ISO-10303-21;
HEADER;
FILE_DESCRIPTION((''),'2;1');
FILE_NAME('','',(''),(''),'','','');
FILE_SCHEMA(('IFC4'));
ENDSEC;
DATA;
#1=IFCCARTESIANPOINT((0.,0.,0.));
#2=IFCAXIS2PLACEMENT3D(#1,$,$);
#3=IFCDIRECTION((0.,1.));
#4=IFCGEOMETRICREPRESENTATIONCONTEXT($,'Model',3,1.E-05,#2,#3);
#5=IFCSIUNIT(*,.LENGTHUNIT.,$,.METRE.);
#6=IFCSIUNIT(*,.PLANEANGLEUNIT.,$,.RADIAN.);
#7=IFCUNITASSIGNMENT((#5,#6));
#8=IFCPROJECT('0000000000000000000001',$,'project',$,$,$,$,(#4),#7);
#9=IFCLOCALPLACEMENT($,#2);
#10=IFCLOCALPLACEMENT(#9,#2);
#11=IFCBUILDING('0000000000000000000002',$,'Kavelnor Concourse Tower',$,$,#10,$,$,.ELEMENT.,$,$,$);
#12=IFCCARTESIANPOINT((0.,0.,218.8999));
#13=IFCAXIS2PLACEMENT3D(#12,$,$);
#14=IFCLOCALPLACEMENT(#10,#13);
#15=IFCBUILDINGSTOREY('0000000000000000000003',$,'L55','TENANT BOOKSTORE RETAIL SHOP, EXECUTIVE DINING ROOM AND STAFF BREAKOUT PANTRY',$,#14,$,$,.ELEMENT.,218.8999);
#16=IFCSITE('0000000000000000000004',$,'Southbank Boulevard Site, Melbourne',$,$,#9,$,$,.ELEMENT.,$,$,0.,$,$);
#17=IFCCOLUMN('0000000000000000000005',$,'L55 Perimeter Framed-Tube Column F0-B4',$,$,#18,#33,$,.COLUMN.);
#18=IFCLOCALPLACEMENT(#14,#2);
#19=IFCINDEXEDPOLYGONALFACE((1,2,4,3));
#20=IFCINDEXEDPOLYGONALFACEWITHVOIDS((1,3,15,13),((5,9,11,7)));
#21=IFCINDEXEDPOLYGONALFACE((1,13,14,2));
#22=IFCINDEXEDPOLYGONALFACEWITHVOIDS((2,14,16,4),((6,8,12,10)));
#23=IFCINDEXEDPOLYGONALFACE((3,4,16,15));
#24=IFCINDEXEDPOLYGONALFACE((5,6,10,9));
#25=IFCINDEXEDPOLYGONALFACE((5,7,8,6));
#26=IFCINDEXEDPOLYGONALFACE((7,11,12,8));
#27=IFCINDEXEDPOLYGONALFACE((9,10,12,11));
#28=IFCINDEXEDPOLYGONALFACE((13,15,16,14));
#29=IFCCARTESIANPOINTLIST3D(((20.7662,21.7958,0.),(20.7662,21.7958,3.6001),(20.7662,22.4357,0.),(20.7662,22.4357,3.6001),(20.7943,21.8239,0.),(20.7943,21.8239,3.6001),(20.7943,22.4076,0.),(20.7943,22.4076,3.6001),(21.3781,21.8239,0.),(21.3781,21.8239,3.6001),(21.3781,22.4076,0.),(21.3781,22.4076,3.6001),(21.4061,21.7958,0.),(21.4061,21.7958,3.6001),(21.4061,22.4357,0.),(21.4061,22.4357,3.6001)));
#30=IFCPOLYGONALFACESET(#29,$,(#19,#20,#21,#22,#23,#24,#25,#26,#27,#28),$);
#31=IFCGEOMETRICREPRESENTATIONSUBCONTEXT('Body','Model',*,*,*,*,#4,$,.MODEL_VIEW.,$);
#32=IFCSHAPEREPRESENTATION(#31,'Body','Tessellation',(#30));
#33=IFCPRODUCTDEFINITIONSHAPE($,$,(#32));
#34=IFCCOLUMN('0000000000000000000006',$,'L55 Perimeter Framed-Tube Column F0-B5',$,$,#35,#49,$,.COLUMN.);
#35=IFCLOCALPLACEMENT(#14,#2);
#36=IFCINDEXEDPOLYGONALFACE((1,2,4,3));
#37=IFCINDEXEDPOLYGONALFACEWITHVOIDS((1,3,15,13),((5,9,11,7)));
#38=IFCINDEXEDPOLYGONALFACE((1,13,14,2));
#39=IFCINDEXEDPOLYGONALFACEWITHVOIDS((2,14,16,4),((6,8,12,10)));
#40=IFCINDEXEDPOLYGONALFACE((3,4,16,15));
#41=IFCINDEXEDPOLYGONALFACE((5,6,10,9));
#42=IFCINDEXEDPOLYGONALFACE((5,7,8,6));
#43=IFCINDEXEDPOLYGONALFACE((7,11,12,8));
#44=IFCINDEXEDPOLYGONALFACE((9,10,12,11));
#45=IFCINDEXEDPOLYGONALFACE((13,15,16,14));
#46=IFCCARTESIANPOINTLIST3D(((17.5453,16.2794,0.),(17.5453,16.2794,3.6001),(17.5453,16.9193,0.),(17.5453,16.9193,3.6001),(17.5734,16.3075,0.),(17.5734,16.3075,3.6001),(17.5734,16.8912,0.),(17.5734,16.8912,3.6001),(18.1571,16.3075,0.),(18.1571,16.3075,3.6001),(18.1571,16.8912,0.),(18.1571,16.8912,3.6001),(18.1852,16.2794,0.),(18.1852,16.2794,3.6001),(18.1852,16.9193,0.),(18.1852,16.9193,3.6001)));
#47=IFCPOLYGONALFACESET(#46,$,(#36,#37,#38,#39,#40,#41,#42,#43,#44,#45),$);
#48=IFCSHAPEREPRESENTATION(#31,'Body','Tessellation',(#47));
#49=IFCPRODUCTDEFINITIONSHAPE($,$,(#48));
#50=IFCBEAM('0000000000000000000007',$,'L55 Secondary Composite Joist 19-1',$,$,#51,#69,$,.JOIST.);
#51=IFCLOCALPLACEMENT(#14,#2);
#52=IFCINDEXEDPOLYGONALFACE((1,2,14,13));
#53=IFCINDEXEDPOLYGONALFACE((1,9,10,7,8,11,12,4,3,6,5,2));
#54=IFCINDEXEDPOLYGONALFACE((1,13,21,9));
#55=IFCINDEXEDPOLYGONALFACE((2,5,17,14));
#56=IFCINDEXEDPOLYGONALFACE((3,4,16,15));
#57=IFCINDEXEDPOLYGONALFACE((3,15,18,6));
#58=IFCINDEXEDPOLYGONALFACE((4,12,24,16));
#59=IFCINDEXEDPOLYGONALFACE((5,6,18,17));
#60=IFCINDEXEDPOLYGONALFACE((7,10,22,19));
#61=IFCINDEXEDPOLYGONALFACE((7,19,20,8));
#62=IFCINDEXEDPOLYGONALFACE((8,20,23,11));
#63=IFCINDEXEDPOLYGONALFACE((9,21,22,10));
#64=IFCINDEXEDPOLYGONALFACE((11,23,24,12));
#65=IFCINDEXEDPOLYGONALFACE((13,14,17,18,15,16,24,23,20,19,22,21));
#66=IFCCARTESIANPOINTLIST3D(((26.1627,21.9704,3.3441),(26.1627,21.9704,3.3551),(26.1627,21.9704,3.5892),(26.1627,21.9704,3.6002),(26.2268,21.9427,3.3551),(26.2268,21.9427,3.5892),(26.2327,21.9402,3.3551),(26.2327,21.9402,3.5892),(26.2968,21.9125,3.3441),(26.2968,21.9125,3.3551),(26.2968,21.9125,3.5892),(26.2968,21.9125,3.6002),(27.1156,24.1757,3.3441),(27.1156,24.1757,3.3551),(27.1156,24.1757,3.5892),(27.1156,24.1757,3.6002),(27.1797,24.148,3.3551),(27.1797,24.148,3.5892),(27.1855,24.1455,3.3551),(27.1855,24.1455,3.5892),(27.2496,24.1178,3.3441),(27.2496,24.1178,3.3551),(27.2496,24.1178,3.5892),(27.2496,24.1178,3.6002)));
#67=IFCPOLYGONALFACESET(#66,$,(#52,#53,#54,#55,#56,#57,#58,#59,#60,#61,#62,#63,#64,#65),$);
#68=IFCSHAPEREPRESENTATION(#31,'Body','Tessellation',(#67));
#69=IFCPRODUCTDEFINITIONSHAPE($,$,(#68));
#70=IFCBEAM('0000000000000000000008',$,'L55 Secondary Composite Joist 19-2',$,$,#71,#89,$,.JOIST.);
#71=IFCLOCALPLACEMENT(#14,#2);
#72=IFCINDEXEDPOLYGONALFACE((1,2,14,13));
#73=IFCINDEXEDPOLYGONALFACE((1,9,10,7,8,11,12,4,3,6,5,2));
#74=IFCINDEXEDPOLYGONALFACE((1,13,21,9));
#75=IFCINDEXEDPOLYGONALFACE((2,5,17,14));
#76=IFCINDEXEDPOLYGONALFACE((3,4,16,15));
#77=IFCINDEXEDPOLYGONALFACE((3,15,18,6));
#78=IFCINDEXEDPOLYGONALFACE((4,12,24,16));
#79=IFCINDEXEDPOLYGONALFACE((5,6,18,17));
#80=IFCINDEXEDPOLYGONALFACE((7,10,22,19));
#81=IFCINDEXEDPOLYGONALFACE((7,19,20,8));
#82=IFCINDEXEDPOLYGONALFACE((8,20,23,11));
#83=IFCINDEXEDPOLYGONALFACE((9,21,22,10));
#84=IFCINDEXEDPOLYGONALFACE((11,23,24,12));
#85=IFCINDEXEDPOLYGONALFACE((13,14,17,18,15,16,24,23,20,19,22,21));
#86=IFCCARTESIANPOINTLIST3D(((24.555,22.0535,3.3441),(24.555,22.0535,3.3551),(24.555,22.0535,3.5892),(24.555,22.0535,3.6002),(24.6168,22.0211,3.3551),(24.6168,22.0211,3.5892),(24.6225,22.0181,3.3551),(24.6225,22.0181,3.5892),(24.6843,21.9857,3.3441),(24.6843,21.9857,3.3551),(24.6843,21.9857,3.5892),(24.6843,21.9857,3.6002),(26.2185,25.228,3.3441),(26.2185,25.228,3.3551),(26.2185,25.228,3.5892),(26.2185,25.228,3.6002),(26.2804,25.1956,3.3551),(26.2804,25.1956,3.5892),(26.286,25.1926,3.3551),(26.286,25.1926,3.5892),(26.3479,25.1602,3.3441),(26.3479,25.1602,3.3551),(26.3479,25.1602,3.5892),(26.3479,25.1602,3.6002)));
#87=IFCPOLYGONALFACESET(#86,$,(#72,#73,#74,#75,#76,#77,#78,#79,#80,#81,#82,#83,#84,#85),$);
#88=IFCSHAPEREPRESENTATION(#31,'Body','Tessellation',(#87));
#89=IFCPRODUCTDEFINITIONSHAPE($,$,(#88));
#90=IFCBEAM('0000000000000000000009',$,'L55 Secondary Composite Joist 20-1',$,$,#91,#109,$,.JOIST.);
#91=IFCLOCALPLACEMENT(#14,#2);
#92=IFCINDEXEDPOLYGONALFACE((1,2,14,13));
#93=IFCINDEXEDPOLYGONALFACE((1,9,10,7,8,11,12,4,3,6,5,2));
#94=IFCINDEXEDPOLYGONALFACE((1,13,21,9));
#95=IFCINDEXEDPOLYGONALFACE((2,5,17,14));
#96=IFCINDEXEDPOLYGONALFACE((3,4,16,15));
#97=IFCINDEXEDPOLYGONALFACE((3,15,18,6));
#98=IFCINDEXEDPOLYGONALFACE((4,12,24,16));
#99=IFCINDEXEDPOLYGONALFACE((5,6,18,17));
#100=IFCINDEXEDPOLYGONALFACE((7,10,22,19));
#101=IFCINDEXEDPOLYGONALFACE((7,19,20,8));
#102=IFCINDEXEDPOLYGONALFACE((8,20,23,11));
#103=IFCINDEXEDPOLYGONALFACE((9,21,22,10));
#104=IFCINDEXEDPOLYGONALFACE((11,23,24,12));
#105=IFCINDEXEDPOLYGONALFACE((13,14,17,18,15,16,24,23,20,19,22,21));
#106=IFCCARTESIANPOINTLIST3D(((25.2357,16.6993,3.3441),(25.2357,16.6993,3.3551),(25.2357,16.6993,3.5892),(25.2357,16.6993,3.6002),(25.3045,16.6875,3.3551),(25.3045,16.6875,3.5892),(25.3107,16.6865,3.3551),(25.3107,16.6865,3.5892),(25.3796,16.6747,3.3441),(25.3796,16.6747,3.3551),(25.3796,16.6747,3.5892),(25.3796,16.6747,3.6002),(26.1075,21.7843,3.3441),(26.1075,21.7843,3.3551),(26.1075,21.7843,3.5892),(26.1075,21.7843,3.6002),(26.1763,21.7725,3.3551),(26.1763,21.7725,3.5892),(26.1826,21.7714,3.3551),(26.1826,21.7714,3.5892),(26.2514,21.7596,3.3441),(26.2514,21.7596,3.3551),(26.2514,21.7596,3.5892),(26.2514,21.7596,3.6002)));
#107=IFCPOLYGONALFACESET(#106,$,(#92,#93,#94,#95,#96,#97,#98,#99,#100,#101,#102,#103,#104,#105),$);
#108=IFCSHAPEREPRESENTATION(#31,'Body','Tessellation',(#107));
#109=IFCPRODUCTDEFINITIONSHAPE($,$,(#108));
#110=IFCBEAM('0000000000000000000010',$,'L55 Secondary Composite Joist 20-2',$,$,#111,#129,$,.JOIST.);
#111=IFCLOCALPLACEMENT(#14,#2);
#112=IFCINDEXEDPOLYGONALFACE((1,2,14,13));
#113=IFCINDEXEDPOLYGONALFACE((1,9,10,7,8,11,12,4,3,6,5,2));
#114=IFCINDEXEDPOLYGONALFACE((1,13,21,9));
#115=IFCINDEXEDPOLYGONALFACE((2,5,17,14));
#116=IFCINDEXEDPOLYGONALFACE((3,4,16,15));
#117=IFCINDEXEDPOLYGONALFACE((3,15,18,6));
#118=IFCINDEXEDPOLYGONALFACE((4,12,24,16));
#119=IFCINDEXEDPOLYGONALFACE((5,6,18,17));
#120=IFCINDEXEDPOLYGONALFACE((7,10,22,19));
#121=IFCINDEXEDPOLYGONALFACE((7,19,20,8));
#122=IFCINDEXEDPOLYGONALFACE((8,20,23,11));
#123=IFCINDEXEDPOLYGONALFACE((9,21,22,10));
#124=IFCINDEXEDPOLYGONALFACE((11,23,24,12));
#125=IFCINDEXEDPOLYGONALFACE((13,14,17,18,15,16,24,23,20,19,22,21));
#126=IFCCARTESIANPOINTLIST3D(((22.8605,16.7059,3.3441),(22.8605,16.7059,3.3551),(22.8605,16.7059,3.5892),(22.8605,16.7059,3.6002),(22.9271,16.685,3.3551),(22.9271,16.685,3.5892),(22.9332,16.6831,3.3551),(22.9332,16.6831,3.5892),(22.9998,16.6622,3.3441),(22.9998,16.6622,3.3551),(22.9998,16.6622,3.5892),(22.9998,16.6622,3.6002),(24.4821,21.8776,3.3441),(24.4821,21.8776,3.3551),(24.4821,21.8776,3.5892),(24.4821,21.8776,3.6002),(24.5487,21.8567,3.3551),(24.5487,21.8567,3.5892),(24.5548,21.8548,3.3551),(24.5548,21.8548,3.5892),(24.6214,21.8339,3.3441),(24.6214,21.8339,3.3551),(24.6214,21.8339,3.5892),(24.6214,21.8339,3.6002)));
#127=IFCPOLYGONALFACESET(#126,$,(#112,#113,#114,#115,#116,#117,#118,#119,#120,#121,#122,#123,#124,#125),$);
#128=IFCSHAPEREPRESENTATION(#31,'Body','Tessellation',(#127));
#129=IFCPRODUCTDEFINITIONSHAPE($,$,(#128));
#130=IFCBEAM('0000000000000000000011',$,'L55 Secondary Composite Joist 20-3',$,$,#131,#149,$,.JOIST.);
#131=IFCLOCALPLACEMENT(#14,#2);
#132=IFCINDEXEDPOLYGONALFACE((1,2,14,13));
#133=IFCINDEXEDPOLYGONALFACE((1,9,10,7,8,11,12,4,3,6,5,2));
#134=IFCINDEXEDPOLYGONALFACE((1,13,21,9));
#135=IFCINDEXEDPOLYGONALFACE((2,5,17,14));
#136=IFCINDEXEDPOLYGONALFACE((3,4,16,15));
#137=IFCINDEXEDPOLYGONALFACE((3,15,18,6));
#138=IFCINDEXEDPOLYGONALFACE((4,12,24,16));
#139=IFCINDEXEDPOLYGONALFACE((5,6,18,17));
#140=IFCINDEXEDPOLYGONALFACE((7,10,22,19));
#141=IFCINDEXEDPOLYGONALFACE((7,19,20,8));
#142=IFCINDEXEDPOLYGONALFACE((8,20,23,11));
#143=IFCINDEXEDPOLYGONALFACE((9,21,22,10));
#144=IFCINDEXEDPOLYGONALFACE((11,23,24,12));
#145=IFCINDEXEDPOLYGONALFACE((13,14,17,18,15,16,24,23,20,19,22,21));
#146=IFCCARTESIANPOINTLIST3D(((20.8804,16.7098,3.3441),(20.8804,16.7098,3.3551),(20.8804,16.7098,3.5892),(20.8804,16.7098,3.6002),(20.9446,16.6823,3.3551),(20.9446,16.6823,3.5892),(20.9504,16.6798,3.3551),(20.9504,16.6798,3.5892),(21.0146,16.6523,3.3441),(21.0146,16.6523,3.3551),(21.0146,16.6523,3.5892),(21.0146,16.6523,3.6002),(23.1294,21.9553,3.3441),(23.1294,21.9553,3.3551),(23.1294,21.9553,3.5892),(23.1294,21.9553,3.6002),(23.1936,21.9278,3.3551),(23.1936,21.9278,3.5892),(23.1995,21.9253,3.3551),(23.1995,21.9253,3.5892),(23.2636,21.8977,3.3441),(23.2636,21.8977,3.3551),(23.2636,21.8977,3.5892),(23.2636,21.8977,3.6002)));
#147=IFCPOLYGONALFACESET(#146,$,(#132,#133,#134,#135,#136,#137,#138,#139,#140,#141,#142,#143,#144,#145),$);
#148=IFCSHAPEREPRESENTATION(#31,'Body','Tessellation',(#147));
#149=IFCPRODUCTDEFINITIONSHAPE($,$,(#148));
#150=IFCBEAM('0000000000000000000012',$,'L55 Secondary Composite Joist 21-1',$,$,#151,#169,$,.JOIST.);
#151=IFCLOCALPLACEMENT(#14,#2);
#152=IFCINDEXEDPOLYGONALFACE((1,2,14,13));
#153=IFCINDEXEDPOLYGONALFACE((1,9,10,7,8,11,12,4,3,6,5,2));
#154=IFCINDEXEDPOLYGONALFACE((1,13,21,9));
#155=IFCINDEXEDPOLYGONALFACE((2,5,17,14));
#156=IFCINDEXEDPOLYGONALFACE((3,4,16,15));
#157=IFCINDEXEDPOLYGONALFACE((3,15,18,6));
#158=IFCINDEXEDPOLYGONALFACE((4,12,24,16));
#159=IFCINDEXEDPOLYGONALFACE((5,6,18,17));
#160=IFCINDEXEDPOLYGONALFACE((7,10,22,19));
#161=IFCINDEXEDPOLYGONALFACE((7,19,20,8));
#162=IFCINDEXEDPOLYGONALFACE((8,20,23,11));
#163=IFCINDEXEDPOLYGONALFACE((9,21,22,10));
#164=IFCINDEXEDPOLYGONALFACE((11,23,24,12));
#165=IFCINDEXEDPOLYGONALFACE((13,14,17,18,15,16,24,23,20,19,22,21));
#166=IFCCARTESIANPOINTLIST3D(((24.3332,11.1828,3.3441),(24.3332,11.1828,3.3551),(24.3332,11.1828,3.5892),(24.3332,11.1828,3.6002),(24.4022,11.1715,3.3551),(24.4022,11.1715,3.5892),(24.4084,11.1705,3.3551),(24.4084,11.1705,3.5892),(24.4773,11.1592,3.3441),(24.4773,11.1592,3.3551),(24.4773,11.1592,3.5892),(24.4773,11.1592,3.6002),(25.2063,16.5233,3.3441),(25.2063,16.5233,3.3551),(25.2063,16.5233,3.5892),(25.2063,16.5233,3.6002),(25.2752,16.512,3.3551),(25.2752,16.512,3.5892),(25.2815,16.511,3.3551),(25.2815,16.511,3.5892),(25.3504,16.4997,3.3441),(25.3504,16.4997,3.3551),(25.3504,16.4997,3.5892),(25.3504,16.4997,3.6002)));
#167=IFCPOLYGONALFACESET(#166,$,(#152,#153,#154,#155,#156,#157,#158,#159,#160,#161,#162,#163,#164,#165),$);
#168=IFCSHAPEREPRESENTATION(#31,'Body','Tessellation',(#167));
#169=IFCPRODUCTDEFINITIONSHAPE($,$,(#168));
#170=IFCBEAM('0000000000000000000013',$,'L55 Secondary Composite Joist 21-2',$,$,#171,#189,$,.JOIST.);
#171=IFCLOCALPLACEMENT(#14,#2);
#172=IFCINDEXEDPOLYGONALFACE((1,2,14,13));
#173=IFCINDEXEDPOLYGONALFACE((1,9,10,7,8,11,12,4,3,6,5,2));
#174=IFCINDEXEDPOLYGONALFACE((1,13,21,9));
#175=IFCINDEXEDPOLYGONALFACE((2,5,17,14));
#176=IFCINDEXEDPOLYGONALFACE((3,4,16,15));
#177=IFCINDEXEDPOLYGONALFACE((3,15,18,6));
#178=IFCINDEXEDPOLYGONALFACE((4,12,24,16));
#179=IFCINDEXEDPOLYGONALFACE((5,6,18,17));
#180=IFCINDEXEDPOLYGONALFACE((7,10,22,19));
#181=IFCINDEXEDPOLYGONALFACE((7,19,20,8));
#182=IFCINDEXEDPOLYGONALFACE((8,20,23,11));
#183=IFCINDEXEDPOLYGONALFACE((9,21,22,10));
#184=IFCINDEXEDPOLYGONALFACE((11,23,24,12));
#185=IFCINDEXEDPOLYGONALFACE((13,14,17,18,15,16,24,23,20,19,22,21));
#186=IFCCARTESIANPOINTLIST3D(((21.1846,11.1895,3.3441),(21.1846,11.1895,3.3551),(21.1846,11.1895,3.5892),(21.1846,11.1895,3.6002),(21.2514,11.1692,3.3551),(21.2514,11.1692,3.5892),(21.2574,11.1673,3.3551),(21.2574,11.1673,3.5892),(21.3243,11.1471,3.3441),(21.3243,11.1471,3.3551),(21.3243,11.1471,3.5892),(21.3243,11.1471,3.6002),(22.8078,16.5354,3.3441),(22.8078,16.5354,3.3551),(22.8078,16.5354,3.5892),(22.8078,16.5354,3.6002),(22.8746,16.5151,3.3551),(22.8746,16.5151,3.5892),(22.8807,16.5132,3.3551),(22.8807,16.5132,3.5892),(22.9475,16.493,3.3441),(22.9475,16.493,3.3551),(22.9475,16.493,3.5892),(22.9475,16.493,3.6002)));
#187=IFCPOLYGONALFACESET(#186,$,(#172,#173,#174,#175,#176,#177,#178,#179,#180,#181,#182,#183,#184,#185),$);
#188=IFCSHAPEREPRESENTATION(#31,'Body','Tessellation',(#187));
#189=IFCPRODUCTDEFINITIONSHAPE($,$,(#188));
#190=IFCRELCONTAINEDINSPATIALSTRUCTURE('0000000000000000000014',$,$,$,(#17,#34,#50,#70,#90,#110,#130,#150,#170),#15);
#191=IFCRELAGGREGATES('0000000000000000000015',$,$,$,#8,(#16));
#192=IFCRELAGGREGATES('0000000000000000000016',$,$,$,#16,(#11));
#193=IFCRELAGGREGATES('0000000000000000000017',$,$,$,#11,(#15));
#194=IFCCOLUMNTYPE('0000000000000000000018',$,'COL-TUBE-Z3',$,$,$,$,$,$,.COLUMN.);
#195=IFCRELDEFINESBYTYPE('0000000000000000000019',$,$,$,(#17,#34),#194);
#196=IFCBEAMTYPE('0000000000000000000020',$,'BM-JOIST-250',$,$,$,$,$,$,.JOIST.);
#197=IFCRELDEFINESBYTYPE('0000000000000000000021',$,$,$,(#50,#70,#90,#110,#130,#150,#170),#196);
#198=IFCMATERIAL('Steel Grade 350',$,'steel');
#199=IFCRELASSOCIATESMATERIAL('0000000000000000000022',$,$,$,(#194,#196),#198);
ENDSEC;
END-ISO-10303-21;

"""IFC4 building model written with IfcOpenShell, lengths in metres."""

from ifc_helpers import new_model, si_unit, direction, frame, origin, origin_2d, place, context, subcontext, project, spatial, hollow_rectangle, i_section, extrude, material, material_profile, profile_set, type_object, element, save


model = new_model("IFC4")

# Units and contexts
model_context = context("Model", 3, precision=1e-05, world=origin(), true_north=direction((0.0, 1.0)))
body_context = subcontext(model_context, "Body", "Model", "MODEL_VIEW")
ifc_project = project(units=[si_unit("LENGTHUNIT", "METRE"), si_unit("PLANEANGLEUNIT", "RADIAN")], contexts=[model_context])

# Site, building, storey
site_placement = place(None, origin())
site = spatial("IfcSite", under=ifc_project, at=site_placement, Name="Southbank Boulevard Site, Melbourne", CompositionType="ELEMENT", RefElevation=0.0)
building_placement = place(site_placement, origin())
building = spatial("IfcBuilding", under=site, at=building_placement, Name="Kavelnor Concourse Tower", CompositionType="ELEMENT")
storey_placement = place(building_placement, frame((0.0, 0.0, 218.8999)))
storey = spatial("IfcBuildingStorey", under=building, at=storey_placement, Name="L55", Description="TENANT BOOKSTORE RETAIL SHOP, EXECUTIVE DINING ROOM AND STAFF BREAKOUT PANTRY", CompositionType="ELEMENT", Elevation=218.8999)

# Columns
ifc_material_1 = material(Name="Steel Grade 350", Category="steel")
ifc_material_profile_1 = material_profile(ifc_material_1, hollow_rectangle(XDim=0.6399, YDim=0.6399, WallThickness=0.0281, at=origin_2d()), Name="SHS 640x640x28")
ifc_profile_set_1 = profile_set([ifc_material_profile_1], Name="Steel Grade 350")
column_type = type_object("IfcColumnType", Name="COL-TUBE-Z3", PredefinedType="COLUMN", material=ifc_profile_set_1)
for number, where, z_axis, x_axis, name in (
    (1, (21.0862, 22.1157, 0.0), (0.0, 0.0, 1.0), (1.0, 0.0, 0.0), "L55 Perimeter Framed-Tube Column F0-B4"),
    (2, (17.8652, 16.5994, 0.0), (0.0, 0.0, 1.0), (1.0, 0.0, 0.0), "L55 Perimeter Framed-Tube Column F0-B5"),
):
    element("IfcColumn", number, at=place(storey_placement, frame(where, z_axis=z_axis, x_axis=x_axis)), inside=storey, type_object=column_type, Name=name, PredefinedType="COLUMN", context=body_context, shape_type="SweptSolid", body=[
        extrude(hollow_rectangle(XDim=0.6399, YDim=0.6399, WallThickness=0.0281, at=origin_2d()), origin(), (0.0, 0.0, 1.0), 3.6001),
    ])

# Beams
ifc_material_profile_2 = material_profile(ifc_material_1, i_section(OverallWidth=0.146, OverallDepth=0.2561, WebThickness=0.0063, FlangeThickness=0.011, at=origin_2d()), Name="250UB37")
ifc_profile_set_2 = profile_set([ifc_material_profile_2], Name="Steel Grade 350")
beam_type_1 = type_object("IfcBeamType", Name="BM-JOIST-250", PredefinedType="JOIST", material=ifc_profile_set_2)
beam_1_placement = place(storey_placement, frame((27.1826, 24.1467, 3.4722), z_axis=(-0.39664, -0.917974, 0.0), x_axis=(0.917974, -0.39664, 0.0)))
element("IfcBeam", 3, at=beam_1_placement, inside=storey, type_object=beam_type_1, Name="L55 Secondary Composite Joist 19-1", PredefinedType="JOIST", context=body_context, shape_type="SweptSolid", body=[
    extrude(i_section(OverallWidth=0.146, OverallDepth=0.2561, WebThickness=0.0063, FlangeThickness=0.011, at=origin_2d()), origin(), (0.0, 0.0, 1.0), 2.4023),
])
beam_2_placement = place(storey_placement, frame((26.2832, 25.1941, 3.4722), z_axis=(-0.464162, -0.88575, 0.0), x_axis=(0.88575, -0.464162, 0.0)))
element("IfcBeam", 4, at=beam_2_placement, inside=storey, type_object=beam_type_1, Name="L55 Secondary Composite Joist 19-2", PredefinedType="JOIST", context=body_context, shape_type="SweptSolid", body=[
    extrude(i_section(OverallWidth=0.146, OverallDepth=0.2561, WebThickness=0.0063, FlangeThickness=0.011, at=origin_2d()), origin(), (0.0, 0.0, 1.0), 3.584),
])
beam_3_placement = place(storey_placement, frame((26.1794, 21.772, 3.4722), z_axis=(-0.168986, -0.985618, 0.0), x_axis=(0.985618, -0.168986, 0.0)))
element("IfcBeam", 5, at=beam_3_placement, inside=storey, type_object=beam_type_1, Name="L55 Secondary Composite Joist 20-1", PredefinedType="JOIST", context=body_context, shape_type="SweptSolid", body=[
    extrude(i_section(OverallWidth=0.146, OverallDepth=0.2561, WebThickness=0.0063, FlangeThickness=0.011, at=origin_2d()), origin(), (0.0, 0.0, 1.0), 5.1592),
])
beam_4_placement = place(storey_placement, frame((24.5518, 21.8557, 3.4722), z_axis=(-0.299191, -0.954193, 0.0), x_axis=(0.954193, -0.299191, 0.0)))
element("IfcBeam", 6, at=beam_4_placement, inside=storey, type_object=beam_type_1, Name="L55 Secondary Composite Joist 20-2", PredefinedType="JOIST", context=body_context, shape_type="SweptSolid", body=[
    extrude(i_section(OverallWidth=0.146, OverallDepth=0.2561, WebThickness=0.0063, FlangeThickness=0.011, at=origin_2d()), origin(), (0.0, 0.0, 1.0), 5.4199),
])
beam_5_placement = place(storey_placement, frame((23.1965, 21.9265, 3.4722), z_axis=(-0.394069, -0.919081, 0.0), x_axis=(0.919081, -0.394069, 0.0)))
element("IfcBeam", 7, at=beam_5_placement, inside=storey, type_object=beam_type_1, Name="L55 Secondary Composite Joist 20-3", PredefinedType="JOIST", context=body_context, shape_type="SweptSolid", body=[
    extrude(i_section(OverallWidth=0.146, OverallDepth=0.2561, WebThickness=0.0063, FlangeThickness=0.011, at=origin_2d()), origin(), (0.0, 0.0, 1.0), 5.7073),
])
beam_6_placement = place(storey_placement, frame((25.2783, 16.5115, 3.4722), z_axis=(-0.161333, -0.9869, 0.0), x_axis=(0.9869, -0.161333, 0.0)))
element("IfcBeam", 8, at=beam_6_placement, inside=storey, type_object=beam_type_1, Name="L55 Secondary Composite Joist 21-1", PredefinedType="JOIST", context=body_context, shape_type="SweptSolid", body=[
    extrude(i_section(OverallWidth=0.146, OverallDepth=0.2561, WebThickness=0.0063, FlangeThickness=0.011, at=origin_2d()), origin(), (0.0, 0.0, 1.0), 5.4114),
])
beam_7_placement = place(storey_placement, frame((22.8777, 16.5142, 3.4722), z_axis=(-0.290549, -0.95686, 0.0), x_axis=(0.95686, -0.290549, 0.0)))
element("IfcBeam", 9, at=beam_7_placement, inside=storey, type_object=beam_type_1, Name="L55 Secondary Composite Joist 21-2", PredefinedType="JOIST", context=body_context, shape_type="SweptSolid", body=[
    extrude(i_section(OverallWidth=0.146, OverallDepth=0.2561, WebThickness=0.0063, FlangeThickness=0.011, at=origin_2d()), origin(), (0.0, 0.0, 1.0), 5.5869),
])

save(model, "model.ifc")
